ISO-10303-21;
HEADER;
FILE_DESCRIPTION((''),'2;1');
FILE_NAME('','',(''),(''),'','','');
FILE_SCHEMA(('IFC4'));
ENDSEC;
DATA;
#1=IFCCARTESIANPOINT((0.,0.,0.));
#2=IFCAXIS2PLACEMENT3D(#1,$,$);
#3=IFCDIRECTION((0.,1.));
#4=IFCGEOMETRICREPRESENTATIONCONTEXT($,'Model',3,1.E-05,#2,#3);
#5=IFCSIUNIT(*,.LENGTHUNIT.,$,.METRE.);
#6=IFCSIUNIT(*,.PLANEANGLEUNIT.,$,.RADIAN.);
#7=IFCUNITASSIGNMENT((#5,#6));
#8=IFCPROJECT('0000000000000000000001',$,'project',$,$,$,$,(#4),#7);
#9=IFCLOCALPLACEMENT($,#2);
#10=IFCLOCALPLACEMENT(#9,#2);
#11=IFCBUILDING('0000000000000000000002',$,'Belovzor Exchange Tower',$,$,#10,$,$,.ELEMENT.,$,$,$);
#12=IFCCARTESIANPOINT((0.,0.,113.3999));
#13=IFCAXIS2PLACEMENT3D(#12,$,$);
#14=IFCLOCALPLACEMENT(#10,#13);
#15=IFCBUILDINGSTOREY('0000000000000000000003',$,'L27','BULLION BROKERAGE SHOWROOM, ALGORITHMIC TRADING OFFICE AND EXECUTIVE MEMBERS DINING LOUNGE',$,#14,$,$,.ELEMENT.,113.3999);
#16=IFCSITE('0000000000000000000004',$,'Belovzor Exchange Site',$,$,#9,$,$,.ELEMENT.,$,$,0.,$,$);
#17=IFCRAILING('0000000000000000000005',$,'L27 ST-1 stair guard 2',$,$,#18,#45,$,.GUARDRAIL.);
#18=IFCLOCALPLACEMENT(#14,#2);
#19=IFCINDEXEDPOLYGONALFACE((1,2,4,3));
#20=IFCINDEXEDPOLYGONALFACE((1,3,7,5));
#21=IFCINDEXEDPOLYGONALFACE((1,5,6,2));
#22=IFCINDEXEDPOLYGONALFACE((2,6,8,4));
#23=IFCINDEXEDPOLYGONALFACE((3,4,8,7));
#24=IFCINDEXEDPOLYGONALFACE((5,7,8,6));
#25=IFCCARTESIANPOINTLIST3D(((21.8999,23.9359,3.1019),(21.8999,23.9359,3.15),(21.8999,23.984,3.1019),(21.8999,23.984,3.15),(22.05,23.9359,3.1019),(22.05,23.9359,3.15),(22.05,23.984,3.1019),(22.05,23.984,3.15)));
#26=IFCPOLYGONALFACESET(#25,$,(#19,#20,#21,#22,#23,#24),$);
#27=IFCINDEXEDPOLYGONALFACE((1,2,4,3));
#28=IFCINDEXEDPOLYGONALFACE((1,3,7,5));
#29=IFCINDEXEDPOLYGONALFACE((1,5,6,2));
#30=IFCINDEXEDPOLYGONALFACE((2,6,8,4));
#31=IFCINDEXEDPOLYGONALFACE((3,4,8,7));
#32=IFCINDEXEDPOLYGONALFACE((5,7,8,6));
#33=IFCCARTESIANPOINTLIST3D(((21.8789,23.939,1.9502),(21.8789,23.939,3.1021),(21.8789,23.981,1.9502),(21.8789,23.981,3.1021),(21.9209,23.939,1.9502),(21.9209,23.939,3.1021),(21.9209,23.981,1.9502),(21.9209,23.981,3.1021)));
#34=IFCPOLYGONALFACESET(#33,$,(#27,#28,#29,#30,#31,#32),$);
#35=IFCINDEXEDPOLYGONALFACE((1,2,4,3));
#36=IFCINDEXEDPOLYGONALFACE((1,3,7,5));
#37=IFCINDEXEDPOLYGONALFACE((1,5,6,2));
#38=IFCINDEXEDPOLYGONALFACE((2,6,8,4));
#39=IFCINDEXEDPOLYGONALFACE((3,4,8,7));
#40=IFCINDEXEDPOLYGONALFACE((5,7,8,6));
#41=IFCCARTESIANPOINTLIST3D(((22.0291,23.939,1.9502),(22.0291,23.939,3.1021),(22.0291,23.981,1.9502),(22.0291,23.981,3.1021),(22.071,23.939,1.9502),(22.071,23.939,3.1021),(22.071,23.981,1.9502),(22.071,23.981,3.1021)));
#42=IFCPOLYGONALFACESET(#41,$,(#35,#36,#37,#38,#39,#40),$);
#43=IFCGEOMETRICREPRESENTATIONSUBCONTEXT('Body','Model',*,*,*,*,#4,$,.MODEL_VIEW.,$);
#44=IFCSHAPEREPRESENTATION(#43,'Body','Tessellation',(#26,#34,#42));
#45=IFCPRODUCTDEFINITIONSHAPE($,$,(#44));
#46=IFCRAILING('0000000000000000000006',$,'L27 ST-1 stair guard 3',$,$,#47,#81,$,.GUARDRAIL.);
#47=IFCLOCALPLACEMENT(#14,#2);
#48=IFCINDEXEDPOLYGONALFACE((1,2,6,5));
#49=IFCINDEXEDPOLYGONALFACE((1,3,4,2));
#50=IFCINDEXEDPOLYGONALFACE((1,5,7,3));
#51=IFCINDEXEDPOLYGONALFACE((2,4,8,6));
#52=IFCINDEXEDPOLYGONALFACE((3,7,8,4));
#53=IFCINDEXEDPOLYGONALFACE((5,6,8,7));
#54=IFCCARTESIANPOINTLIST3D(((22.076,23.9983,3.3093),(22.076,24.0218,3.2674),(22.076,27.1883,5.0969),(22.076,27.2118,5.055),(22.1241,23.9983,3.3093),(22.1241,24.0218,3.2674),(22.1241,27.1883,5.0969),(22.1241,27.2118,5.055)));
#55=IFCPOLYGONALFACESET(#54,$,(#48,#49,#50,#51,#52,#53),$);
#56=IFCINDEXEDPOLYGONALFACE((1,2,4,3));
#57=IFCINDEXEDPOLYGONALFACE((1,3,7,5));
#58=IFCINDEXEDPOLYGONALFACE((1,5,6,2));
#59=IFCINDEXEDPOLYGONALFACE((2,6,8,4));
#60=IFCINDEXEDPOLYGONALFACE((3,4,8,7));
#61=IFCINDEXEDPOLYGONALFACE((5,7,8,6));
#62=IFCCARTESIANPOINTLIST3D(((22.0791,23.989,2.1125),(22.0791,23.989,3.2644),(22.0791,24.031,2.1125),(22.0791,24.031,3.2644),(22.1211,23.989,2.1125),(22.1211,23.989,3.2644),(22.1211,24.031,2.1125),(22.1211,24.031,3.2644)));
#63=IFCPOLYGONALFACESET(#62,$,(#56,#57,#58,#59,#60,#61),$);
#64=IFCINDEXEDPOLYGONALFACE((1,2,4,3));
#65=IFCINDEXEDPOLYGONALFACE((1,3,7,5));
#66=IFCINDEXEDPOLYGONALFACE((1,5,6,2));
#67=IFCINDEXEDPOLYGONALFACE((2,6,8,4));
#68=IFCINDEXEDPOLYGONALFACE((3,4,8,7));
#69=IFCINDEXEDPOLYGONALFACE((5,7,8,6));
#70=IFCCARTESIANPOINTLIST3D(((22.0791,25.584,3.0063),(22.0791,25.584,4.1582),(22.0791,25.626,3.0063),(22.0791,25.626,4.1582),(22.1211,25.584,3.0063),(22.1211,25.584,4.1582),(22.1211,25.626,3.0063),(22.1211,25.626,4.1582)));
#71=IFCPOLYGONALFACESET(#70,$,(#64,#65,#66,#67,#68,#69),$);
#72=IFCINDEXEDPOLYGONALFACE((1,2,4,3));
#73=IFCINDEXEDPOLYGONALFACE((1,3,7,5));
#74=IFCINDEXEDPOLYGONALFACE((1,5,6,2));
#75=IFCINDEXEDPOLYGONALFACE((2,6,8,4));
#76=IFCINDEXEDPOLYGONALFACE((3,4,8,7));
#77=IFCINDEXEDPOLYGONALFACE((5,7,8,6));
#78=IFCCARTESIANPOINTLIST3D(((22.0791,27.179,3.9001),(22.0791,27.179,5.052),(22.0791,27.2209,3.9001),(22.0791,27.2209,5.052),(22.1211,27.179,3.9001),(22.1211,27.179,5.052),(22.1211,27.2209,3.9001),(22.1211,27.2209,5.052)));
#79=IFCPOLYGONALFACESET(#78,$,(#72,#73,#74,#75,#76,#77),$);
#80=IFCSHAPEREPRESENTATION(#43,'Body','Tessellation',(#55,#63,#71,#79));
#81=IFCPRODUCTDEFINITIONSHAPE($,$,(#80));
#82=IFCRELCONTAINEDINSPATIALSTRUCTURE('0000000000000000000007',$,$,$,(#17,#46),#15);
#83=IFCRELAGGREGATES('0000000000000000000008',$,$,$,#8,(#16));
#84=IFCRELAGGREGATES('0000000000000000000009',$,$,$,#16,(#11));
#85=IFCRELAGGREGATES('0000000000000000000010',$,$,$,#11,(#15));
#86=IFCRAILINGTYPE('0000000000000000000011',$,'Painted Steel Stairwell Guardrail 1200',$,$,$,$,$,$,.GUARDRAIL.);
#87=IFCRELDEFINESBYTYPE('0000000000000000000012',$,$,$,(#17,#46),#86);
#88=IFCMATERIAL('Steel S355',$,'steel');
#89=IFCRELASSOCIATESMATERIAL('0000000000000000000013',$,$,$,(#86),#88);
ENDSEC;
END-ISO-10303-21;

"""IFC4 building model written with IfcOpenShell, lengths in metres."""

from ifc_helpers import new_model, si_unit, direction, frame, origin, origin_2d, place, context, subcontext, project, spatial, rectangle, extrude, material, type_object, element, save


model = new_model("IFC4")

# Units and contexts
model_context = context("Model", 3, precision=1e-05, world=origin(), true_north=direction((0.0, 1.0)))
body_context = subcontext(model_context, "Body", "Model", "MODEL_VIEW")
ifc_project = project(units=[si_unit("LENGTHUNIT", "METRE"), si_unit("PLANEANGLEUNIT", "RADIAN")], contexts=[model_context])

# Site, building, storey
site_placement = place(None, origin())
site = spatial("IfcSite", under=ifc_project, at=site_placement, Name="Belovzor Exchange Site", CompositionType="ELEMENT", RefElevation=0.0)
building_placement = place(site_placement, origin())
building = spatial("IfcBuilding", under=site, at=building_placement, Name="Belovzor Exchange Tower", CompositionType="ELEMENT")
storey_placement = place(building_placement, frame((0.0, 0.0, 113.3999)))
storey = spatial("IfcBuildingStorey", under=building, at=storey_placement, Name="L27", Description="BULLION BROKERAGE SHOWROOM, ALGORITHMIC TRADING OFFICE AND EXECUTIVE MEMBERS DINING LOUNGE", CompositionType="ELEMENT", Elevation=113.3999)

# Railings
ifc_material_1 = material(Name="Steel S355", Category="steel")
railing_type_1 = type_object("IfcRailingType", Name="Painted Steel Stairwell Guardrail 1200", PredefinedType="GUARDRAIL", material=ifc_material_1)
railing_1_placement = place(storey_placement, frame((21.8999, 23.96, 1.9502)))
element("IfcRailing", 1, at=railing_1_placement, inside=storey, type_object=railing_type_1, Name="L27 ST-1 stair guard 2", PredefinedType="GUARDRAIL", context=body_context, shape_type="SweptSolid", body=[
    extrude(rectangle(XDim=0.0481, YDim=0.0481, at=origin_2d()), frame((0.0, 0.0, 1.1758), z_axis=(1.0, 0.0, 0.0), x_axis=(0.0, 1.0, 0.0)), (0.0, 0.0, 1.0), 0.1501),
    extrude(rectangle(XDim=0.042, YDim=0.042, at=origin_2d()), origin(), (0.0, 0.0, 1.0), 1.1519),
    extrude(rectangle(XDim=0.042, YDim=0.042, at=origin_2d()), frame((0.1501, 0.0, 0.0)), (0.0, 0.0, 1.0), 1.1519),
])
railing_2_placement = place(storey_placement, frame((22.1001, 24.01, 2.1125)))
element("IfcRailing", 2, at=railing_2_placement, inside=storey, type_object=railing_type_1, Name="L27 ST-1 stair guard 3", PredefinedType="GUARDRAIL", context=body_context, shape_type="SweptSolid", body=[
    extrude(rectangle(XDim=0.0481, YDim=0.0481, at=origin_2d()), frame((0.0, 0.0, 1.1758), z_axis=(0.0, 0.872363, 0.48886), x_axis=(-1.0, 0.0, 0.0)), (0.0, 0.0, 1.0), 3.6567),
    extrude(rectangle(XDim=0.042, YDim=0.042, at=origin_2d()), origin(), (0.0, 0.0, 1.0), 1.1519),
    extrude(rectangle(XDim=0.042, YDim=0.042, at=origin_2d()), frame((0.0, 1.595, 0.8938)), (0.0, 0.0, 1.0), 1.1519),
    extrude(rectangle(XDim=0.042, YDim=0.042, at=origin_2d()), frame((0.0, 3.1899, 1.7876)), (0.0, 0.0, 1.0), 1.1519),
])

save(model, "model.ifc")
